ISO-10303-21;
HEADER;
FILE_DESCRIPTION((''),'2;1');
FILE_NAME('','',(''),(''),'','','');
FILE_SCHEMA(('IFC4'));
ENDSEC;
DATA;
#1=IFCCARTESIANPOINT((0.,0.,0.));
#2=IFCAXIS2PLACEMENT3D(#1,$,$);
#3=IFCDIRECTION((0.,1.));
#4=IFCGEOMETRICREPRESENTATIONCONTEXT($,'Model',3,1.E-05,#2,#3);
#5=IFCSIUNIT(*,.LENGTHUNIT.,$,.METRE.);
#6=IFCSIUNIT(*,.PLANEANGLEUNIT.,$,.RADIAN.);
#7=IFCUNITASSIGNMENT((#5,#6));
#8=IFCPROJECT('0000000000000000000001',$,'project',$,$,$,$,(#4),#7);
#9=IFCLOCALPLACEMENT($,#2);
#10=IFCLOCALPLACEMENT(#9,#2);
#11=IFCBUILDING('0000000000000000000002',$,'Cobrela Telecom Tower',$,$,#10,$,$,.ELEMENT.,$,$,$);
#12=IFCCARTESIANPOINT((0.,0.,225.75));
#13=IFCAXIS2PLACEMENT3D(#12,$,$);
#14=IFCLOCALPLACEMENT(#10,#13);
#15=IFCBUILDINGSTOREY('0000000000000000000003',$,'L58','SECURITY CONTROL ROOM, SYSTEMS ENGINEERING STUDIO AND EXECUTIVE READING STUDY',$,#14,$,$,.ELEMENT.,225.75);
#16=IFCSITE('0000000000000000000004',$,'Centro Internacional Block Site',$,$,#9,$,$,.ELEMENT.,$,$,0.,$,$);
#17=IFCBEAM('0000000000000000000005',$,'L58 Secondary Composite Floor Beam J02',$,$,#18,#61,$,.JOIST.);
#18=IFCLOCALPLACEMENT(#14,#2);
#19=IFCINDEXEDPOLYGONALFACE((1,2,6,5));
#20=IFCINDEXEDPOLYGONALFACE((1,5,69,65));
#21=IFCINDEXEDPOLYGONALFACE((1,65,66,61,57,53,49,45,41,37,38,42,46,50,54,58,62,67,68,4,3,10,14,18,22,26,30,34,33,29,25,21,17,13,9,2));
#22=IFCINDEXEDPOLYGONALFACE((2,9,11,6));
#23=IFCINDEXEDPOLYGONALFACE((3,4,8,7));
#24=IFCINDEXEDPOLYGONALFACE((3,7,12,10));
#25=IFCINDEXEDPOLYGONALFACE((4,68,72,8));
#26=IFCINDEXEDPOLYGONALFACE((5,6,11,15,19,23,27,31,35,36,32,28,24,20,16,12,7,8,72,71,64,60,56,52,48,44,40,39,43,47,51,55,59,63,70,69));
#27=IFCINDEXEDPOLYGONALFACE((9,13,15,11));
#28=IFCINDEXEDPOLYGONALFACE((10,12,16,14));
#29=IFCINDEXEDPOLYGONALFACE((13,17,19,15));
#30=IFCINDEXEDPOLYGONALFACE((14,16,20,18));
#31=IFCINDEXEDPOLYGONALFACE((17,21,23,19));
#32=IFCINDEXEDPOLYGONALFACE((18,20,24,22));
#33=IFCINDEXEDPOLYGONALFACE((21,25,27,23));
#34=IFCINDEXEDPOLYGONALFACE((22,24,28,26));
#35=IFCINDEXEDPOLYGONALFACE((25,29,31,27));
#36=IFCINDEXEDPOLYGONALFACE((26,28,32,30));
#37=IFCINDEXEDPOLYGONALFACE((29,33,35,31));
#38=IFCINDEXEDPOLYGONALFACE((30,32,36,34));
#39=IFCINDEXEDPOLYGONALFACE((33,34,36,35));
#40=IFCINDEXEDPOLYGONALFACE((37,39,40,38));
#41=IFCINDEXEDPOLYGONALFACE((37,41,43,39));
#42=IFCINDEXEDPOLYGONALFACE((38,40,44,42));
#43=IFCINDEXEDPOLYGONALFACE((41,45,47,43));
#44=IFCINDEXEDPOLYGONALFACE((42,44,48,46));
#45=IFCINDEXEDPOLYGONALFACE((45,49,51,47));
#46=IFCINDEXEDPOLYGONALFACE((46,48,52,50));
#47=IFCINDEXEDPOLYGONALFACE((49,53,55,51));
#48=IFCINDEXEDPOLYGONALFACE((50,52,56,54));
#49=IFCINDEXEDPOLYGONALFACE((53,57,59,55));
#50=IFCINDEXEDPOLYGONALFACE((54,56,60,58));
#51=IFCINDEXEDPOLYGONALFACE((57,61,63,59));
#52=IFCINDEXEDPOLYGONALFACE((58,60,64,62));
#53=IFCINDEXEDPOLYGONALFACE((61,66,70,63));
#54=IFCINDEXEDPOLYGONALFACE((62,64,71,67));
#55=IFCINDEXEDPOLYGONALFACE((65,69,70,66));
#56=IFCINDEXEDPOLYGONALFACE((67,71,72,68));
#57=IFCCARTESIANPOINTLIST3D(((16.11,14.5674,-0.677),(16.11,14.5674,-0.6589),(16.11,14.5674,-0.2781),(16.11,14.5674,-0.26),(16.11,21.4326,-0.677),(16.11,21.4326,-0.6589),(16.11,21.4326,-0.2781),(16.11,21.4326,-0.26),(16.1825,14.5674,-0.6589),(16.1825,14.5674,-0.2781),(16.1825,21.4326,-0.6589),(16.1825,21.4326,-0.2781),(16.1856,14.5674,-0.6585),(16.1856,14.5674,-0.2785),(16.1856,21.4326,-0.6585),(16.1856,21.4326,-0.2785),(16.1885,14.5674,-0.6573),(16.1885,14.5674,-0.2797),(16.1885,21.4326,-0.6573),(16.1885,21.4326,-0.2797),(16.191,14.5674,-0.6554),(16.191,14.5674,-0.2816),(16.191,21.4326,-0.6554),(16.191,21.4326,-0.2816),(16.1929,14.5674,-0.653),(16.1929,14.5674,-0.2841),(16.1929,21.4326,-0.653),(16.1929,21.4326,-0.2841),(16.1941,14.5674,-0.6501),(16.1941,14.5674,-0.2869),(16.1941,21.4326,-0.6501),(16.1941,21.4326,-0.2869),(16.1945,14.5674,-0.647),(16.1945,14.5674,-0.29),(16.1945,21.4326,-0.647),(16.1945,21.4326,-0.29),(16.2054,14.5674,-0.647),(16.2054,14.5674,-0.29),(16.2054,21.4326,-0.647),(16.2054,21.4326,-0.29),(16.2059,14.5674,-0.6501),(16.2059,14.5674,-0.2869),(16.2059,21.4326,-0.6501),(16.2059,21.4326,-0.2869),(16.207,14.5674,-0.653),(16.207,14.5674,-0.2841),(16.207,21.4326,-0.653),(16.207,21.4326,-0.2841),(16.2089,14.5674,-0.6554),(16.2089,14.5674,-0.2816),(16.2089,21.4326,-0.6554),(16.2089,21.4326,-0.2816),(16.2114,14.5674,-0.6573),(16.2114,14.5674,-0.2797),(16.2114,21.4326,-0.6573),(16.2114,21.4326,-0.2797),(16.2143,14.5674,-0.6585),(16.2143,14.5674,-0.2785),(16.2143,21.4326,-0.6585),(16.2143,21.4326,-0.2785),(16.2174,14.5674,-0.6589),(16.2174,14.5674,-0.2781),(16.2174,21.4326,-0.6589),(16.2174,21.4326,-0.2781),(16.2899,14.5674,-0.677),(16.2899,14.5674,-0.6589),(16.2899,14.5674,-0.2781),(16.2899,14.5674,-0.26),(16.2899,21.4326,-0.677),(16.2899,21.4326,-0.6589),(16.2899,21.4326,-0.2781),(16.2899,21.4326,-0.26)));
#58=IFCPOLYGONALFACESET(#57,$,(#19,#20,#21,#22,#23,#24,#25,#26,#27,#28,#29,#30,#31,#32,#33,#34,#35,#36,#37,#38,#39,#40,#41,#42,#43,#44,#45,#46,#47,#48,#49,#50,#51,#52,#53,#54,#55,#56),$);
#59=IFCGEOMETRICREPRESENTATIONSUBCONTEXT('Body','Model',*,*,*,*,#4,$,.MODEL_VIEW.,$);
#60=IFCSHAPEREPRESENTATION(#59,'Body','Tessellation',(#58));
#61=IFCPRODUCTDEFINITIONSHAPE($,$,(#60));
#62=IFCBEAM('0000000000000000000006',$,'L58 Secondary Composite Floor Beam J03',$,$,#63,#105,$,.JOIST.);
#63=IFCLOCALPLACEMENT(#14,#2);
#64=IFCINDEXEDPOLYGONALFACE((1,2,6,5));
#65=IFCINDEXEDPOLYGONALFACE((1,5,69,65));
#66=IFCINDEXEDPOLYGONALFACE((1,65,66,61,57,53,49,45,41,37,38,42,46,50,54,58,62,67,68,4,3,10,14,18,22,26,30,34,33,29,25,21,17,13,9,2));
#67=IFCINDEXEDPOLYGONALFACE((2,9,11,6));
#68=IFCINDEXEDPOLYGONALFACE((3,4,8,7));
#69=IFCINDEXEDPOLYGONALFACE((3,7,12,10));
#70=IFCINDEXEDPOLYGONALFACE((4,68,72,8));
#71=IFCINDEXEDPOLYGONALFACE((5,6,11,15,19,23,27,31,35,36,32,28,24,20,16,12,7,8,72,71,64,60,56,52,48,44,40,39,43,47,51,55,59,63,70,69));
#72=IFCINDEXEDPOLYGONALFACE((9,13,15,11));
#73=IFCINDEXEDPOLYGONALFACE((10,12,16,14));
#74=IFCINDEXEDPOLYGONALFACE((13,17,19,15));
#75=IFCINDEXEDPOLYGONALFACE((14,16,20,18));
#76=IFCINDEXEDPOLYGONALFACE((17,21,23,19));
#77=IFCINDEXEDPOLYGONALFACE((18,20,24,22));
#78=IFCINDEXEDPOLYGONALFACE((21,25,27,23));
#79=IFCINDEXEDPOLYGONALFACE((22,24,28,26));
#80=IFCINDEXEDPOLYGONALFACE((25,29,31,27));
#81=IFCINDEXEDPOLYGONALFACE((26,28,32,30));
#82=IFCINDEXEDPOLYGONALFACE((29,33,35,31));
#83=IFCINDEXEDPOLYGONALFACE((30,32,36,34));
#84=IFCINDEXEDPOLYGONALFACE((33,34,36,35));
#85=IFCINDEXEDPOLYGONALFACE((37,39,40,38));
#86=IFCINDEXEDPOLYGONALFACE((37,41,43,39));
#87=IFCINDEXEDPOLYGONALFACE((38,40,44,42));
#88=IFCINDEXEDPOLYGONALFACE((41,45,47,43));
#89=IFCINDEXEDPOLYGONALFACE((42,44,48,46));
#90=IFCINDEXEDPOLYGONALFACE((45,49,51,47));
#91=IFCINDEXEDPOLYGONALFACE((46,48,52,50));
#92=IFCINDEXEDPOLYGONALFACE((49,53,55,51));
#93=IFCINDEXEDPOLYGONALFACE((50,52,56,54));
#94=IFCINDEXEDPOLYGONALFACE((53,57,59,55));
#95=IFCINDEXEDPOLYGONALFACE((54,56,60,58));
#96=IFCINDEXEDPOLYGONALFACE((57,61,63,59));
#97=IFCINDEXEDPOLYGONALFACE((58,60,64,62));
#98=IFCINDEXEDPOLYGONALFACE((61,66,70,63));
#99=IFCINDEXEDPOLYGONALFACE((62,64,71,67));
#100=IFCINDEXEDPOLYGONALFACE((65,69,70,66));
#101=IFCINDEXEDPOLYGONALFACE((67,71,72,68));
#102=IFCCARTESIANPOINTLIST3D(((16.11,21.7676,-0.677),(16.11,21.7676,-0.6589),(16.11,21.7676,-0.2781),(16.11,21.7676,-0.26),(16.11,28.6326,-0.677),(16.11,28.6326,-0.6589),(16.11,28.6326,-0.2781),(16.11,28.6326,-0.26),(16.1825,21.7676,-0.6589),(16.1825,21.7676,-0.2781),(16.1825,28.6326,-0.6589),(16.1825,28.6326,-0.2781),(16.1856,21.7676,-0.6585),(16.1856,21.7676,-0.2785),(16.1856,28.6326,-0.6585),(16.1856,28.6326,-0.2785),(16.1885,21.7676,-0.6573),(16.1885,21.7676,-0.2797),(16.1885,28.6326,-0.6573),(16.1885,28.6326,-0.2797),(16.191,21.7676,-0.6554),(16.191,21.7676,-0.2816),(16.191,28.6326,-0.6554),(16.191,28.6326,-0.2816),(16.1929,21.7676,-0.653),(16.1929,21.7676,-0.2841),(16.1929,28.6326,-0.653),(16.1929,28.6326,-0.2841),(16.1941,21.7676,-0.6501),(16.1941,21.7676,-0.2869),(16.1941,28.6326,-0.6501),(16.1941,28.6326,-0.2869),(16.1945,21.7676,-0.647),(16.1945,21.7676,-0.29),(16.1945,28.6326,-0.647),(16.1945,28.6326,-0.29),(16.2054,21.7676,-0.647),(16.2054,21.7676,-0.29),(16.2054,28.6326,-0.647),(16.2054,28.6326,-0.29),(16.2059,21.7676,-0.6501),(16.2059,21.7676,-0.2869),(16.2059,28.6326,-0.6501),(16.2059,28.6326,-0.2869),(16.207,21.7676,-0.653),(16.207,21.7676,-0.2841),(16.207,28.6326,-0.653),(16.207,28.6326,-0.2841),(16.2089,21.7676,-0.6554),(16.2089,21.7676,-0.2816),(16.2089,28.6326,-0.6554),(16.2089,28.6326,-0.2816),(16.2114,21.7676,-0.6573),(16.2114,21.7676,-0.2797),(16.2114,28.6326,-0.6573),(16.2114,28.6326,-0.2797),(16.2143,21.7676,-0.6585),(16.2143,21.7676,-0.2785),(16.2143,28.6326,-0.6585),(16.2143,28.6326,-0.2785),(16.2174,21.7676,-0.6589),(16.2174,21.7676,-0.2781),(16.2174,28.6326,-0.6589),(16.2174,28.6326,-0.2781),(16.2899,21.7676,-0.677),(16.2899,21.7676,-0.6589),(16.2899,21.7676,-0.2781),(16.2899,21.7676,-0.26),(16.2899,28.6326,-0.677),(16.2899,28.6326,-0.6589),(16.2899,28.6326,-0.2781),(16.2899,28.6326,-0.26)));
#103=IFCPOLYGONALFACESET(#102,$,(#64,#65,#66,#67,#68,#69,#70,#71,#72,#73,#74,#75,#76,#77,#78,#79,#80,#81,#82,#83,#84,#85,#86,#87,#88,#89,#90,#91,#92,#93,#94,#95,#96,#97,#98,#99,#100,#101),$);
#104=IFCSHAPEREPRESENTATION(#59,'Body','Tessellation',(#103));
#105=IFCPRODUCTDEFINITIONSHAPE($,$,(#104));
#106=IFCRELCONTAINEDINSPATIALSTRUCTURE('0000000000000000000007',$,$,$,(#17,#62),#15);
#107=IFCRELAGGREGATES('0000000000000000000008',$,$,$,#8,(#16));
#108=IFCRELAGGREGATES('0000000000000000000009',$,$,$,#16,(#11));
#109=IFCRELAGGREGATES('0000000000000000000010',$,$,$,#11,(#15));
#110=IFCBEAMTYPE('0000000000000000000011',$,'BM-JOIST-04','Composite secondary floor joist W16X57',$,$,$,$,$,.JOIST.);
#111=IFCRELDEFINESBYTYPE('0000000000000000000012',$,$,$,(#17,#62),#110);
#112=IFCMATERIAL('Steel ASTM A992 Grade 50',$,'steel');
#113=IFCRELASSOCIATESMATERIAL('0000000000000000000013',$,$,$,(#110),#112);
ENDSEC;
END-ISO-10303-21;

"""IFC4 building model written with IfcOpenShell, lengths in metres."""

from ifc_helpers import new_model, si_unit, direction, frame, origin, origin_2d, place, context, subcontext, project, spatial, i_section, extrude, material, material_profile, profile_set, type_object, element, save


model = new_model("IFC4")

# Units and contexts
model_context = context("Model", 3, precision=1e-05, world=origin(), true_north=direction((0.0, 1.0)))
body_context = subcontext(model_context, "Body", "Model", "MODEL_VIEW")
ifc_project = project(units=[si_unit("LENGTHUNIT", "METRE"), si_unit("PLANEANGLEUNIT", "RADIAN")], contexts=[model_context])

# Site, building, storey
site_placement = place(None, origin())
site = spatial("IfcSite", under=ifc_project, at=site_placement, Name="Centro Internacional Block Site", CompositionType="ELEMENT", RefElevation=0.0)
building_placement = place(site_placement, origin())
building = spatial("IfcBuilding", under=site, at=building_placement, Name="Cobrela Telecom Tower", CompositionType="ELEMENT")
storey_placement = place(building_placement, frame((0.0, 0.0, 225.75)))
storey = spatial("IfcBuildingStorey", under=building, at=storey_placement, Name="L58", Description="SECURITY CONTROL ROOM, SYSTEMS ENGINEERING STUDIO AND EXECUTIVE READING STUDY", CompositionType="ELEMENT", Elevation=225.75)

# Beams
ifc_material_1 = material(Name="Steel ASTM A992 Grade 50", Category="steel")
ifc_material_profile_1 = material_profile(ifc_material_1, i_section(OverallWidth=0.1799, OverallDepth=0.417, WebThickness=0.011, FlangeThickness=0.0181, FilletRadius=0.012, at=origin_2d()), Name="W16X57")
ifc_profile_set_1 = profile_set([ifc_material_profile_1], Name="Steel ASTM A992 Grade 50")
beam_type_1 = type_object("IfcBeamType", Name="BM-JOIST-04", Description="Composite secondary floor joist W16X57", PredefinedType="JOIST", material=ifc_profile_set_1)
beam_1_placement = place(storey_placement, frame((16.2, 14.5674, -0.4685), z_axis=(0.0, 1.0, 0.0), x_axis=(-1.0, 0.0, 0.0)))
element("IfcBeam", 1, at=beam_1_placement, inside=storey, type_object=beam_type_1, Name="L58 Secondary Composite Floor Beam J02", PredefinedType="JOIST", context=body_context, shape_type="SweptSolid", body=[
    extrude(i_section(OverallWidth=0.1799, OverallDepth=0.417, WebThickness=0.011, FlangeThickness=0.0181, FilletRadius=0.012, at=origin_2d()), origin(), (0.0, 0.0, 1.0), 6.8652),
])
beam_2_placement = place(storey_placement, frame((16.2, 21.7676, -0.4685), z_axis=(0.0, 1.0, 0.0), x_axis=(-1.0, 0.0, 0.0)))
element("IfcBeam", 2, at=beam_2_placement, inside=storey, type_object=beam_type_1, Name="L58 Secondary Composite Floor Beam J03", PredefinedType="JOIST", context=body_context, shape_type="SweptSolid", body=[
    extrude(i_section(OverallWidth=0.1799, OverallDepth=0.417, WebThickness=0.011, FlangeThickness=0.0181, FilletRadius=0.012, at=origin_2d()), origin(), (0.0, 0.0, 1.0), 6.865),
])

save(model, "model.ifc")
